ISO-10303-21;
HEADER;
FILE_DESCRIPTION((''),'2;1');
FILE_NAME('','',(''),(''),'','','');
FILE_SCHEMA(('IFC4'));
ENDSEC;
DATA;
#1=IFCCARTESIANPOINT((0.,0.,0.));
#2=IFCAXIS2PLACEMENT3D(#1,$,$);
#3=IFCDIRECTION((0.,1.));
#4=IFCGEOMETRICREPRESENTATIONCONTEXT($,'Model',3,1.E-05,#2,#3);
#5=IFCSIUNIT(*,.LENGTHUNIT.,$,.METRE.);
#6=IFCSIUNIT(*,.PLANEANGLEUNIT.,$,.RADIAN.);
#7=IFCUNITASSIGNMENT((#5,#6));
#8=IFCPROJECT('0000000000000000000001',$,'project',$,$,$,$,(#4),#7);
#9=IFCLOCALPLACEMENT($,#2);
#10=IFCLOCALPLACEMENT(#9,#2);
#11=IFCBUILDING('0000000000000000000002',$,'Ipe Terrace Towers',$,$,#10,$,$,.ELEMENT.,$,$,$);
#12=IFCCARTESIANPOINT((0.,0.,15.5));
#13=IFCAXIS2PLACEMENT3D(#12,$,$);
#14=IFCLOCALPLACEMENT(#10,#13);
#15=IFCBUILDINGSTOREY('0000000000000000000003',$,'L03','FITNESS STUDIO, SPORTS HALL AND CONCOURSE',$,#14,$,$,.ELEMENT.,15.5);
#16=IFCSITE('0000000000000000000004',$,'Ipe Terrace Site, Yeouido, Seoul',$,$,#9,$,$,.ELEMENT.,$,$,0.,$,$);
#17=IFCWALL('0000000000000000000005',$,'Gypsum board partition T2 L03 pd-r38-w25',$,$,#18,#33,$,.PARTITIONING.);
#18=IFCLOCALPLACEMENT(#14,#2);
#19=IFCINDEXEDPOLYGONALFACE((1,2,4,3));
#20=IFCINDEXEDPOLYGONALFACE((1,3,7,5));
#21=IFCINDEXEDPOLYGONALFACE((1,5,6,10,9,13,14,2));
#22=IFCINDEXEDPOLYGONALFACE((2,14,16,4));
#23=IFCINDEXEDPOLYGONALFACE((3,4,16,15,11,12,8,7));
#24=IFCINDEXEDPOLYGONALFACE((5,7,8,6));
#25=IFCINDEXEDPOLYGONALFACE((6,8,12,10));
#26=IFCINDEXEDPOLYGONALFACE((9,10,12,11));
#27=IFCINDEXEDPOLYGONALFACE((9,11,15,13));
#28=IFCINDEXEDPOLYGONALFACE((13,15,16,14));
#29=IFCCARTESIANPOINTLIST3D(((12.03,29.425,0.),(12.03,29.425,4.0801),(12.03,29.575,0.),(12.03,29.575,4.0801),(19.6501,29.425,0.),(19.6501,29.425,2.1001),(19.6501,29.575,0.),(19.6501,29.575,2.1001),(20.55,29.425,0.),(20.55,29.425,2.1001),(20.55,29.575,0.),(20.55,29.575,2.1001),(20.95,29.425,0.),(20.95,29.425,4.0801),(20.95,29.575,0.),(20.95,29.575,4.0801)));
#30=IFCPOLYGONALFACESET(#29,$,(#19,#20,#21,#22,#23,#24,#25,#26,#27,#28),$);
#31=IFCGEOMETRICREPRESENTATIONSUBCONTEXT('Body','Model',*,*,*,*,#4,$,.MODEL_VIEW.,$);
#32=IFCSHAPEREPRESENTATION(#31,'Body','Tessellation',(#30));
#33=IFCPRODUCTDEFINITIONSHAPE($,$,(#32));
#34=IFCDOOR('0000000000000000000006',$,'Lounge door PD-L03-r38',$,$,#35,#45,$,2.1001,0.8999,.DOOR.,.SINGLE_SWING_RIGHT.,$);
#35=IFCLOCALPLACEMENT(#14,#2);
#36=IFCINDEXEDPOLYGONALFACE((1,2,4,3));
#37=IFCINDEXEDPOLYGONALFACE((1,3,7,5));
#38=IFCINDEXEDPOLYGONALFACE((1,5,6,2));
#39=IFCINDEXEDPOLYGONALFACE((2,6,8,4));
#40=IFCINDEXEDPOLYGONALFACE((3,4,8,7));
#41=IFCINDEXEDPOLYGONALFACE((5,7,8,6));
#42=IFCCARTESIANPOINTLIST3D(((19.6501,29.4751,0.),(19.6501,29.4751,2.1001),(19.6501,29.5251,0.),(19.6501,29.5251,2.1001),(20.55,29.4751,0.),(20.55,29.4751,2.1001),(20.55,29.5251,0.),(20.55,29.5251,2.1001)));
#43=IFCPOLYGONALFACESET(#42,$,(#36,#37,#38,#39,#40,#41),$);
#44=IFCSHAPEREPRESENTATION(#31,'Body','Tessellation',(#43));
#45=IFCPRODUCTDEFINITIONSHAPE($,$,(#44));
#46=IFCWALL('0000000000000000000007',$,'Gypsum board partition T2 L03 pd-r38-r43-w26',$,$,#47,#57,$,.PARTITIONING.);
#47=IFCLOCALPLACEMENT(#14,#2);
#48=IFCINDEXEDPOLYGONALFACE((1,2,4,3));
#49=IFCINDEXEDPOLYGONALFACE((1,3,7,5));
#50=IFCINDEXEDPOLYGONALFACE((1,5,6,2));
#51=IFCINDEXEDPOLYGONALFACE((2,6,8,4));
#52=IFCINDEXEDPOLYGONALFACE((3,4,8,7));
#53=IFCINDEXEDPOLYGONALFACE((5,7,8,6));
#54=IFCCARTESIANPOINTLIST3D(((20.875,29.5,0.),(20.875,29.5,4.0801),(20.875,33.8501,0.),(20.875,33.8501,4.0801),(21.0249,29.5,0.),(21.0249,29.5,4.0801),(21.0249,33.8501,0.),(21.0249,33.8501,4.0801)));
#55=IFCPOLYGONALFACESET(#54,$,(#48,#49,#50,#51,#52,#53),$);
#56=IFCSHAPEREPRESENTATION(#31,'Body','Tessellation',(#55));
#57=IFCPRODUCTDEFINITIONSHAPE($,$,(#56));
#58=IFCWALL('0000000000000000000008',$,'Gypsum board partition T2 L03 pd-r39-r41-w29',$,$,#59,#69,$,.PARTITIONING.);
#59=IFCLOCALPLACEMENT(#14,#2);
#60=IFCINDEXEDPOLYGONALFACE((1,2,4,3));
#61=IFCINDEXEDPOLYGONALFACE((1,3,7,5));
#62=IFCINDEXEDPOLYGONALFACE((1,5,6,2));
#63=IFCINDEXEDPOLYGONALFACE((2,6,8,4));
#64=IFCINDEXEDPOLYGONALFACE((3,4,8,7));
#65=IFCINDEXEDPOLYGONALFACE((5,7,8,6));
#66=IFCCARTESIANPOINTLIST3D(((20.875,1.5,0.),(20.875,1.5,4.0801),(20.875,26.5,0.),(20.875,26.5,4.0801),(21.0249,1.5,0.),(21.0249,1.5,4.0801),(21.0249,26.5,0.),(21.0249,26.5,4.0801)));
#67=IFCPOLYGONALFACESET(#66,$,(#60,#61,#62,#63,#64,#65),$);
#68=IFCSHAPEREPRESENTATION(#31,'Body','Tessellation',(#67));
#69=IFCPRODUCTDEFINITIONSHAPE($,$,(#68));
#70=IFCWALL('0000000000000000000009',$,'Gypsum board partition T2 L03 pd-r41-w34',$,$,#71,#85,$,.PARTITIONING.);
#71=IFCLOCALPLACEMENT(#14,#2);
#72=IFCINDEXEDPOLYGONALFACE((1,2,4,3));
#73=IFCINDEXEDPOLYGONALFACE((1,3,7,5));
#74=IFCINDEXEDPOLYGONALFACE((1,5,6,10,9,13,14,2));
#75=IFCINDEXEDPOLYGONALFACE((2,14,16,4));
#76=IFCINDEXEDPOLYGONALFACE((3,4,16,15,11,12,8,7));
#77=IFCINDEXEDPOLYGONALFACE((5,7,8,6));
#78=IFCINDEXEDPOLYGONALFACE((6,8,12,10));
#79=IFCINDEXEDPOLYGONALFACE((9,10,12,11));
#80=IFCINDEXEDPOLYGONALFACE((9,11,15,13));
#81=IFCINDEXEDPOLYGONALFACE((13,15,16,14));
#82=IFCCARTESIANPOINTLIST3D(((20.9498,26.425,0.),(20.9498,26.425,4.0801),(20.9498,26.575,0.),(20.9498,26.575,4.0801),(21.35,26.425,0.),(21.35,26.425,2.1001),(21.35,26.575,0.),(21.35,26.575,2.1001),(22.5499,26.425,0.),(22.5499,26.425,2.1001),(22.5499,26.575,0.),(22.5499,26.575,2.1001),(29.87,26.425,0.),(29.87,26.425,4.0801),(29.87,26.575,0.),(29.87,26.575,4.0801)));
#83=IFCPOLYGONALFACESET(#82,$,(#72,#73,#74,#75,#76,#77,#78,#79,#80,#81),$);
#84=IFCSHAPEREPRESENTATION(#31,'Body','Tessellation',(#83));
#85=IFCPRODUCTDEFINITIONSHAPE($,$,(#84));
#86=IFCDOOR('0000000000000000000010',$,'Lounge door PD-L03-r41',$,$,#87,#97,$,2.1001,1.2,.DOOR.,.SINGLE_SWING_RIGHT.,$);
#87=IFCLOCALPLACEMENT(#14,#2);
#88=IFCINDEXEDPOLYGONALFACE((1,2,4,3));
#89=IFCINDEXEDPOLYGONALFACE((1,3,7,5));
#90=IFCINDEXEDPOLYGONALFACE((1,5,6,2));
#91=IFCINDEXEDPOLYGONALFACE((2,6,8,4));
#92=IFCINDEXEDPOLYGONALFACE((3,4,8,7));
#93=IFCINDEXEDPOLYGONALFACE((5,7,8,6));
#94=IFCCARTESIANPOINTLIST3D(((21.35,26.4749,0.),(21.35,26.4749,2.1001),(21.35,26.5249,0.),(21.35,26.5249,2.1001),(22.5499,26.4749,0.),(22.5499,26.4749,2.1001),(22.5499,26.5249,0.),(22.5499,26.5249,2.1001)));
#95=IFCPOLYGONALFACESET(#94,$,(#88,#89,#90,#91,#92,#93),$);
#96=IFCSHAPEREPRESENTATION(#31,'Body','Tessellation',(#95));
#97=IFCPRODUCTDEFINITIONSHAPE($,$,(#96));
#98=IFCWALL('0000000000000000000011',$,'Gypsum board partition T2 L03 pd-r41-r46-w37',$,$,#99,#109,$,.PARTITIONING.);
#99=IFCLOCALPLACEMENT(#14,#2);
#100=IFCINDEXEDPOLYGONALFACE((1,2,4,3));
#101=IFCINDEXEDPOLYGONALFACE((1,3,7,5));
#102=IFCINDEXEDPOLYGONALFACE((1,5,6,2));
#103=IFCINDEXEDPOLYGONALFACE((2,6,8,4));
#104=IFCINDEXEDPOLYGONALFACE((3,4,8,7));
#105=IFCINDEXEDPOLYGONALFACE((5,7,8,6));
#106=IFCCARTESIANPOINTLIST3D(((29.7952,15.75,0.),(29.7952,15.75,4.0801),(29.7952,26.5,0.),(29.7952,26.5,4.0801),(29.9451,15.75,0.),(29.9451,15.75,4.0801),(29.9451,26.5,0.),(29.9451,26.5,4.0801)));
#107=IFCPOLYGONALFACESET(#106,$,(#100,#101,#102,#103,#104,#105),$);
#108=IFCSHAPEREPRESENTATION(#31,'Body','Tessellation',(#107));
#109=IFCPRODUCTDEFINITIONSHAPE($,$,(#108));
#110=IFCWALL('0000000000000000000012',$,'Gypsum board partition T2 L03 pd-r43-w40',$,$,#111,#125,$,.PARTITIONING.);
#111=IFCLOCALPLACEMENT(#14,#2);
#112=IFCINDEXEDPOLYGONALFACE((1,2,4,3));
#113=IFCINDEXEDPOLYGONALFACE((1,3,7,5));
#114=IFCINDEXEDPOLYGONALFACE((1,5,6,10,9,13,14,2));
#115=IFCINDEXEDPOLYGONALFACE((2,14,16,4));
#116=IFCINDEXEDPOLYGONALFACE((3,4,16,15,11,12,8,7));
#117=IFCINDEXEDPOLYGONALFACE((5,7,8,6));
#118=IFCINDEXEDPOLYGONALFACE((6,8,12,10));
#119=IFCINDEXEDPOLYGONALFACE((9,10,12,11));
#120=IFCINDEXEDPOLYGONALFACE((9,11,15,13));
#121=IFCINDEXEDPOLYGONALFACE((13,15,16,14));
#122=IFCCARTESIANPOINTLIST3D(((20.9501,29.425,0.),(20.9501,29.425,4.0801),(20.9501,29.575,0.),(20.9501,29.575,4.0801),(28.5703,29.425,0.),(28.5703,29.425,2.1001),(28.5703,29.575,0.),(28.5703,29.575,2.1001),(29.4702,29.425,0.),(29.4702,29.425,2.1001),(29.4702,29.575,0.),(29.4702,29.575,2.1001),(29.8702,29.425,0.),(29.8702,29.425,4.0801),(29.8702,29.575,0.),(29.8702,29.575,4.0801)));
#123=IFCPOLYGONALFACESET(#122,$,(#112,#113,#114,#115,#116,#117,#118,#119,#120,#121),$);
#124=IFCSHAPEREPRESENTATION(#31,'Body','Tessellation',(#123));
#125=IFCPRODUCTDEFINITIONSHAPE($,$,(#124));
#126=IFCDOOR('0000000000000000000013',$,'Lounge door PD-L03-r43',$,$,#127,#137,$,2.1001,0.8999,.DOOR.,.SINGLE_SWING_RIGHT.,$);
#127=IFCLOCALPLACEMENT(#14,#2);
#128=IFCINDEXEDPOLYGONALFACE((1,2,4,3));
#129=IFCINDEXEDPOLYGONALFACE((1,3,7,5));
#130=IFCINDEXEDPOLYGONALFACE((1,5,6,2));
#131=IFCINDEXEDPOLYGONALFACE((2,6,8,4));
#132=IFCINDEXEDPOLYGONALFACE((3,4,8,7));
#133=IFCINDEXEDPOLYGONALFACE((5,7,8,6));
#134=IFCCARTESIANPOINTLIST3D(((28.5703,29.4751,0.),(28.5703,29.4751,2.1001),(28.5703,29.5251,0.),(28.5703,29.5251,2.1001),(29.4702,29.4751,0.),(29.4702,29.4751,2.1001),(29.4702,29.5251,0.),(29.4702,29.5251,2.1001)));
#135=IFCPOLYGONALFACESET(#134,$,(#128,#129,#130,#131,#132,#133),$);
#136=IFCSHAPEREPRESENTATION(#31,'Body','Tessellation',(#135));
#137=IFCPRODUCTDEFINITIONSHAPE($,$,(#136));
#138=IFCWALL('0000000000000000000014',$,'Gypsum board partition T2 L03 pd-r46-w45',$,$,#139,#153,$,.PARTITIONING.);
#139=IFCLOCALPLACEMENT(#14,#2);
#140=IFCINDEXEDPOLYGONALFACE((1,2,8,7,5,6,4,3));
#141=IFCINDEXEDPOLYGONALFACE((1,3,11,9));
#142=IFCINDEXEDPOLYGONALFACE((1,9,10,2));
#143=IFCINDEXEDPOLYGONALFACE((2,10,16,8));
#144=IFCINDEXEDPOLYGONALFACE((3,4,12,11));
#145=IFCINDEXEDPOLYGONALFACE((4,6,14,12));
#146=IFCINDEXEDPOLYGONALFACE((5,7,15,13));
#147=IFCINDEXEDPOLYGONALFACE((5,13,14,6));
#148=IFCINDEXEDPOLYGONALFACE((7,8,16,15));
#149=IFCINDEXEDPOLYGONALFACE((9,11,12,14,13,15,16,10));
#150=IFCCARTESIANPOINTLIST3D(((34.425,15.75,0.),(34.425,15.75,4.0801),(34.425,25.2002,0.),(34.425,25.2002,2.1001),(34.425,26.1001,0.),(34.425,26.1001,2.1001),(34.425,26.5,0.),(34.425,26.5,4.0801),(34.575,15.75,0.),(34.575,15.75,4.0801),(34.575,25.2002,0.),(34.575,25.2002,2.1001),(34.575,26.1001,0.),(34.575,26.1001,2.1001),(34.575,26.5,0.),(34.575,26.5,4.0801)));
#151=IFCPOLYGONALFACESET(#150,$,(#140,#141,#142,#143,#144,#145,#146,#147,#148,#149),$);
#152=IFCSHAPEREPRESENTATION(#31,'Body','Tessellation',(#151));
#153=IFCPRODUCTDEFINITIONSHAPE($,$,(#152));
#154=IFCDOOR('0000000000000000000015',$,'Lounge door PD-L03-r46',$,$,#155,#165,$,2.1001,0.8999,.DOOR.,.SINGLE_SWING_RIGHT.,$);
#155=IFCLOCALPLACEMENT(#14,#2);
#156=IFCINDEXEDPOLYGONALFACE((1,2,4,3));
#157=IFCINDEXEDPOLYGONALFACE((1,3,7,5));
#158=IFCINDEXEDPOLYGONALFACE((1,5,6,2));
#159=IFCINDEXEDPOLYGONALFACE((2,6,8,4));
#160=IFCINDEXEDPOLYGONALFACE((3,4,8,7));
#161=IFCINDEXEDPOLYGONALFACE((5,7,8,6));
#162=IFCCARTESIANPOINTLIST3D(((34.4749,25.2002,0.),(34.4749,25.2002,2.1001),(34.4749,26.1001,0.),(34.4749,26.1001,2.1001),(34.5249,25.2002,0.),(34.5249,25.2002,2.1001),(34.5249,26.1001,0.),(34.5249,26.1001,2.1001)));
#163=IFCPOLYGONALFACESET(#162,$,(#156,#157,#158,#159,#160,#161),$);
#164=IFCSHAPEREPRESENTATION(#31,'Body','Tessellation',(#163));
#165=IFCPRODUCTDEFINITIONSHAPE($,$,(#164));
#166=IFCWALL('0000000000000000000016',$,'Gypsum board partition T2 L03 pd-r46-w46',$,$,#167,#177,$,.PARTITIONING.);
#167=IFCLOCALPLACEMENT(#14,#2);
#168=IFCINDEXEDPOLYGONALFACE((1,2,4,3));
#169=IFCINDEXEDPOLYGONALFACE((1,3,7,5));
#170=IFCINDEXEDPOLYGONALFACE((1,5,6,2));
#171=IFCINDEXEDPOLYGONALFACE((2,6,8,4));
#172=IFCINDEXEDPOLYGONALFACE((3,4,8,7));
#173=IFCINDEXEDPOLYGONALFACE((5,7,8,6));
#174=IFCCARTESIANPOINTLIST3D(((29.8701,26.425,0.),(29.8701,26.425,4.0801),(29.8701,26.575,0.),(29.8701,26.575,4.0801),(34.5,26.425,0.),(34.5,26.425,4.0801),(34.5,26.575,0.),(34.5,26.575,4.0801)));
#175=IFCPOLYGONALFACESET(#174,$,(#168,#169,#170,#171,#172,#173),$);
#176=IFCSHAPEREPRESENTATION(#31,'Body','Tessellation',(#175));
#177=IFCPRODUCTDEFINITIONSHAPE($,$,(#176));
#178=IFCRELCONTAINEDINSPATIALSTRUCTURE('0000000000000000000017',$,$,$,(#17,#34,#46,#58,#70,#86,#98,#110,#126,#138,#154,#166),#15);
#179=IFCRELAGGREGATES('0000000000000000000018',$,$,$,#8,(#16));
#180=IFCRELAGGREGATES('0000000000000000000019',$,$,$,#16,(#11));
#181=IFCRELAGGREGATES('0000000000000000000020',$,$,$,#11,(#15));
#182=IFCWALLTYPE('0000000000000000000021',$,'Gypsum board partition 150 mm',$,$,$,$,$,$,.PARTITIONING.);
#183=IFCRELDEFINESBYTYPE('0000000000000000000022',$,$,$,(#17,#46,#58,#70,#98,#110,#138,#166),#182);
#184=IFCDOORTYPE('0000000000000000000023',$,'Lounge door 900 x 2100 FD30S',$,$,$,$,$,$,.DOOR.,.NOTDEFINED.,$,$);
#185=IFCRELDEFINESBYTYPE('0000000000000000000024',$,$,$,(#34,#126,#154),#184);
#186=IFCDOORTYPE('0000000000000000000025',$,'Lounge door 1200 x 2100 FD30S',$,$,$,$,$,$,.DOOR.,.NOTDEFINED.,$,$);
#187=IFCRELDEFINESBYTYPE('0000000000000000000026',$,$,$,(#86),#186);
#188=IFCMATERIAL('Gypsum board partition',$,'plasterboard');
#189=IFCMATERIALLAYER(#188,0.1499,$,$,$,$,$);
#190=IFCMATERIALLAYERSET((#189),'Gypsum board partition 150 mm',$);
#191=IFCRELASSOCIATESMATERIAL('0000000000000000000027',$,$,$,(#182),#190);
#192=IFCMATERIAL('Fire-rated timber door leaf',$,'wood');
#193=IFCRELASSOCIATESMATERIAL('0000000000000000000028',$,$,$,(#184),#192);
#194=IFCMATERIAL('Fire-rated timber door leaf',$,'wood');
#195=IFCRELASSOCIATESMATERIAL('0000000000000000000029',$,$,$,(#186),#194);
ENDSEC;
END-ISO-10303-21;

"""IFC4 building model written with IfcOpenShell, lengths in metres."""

from ifc_helpers import new_model, si_unit, direction, frame, frame_2d, origin, place, context, subcontext, project, spatial, rectangle, extrude, material, layer, layer_set, type_object, element, fill, save


model = new_model("IFC4")

# Units and contexts
model_context = context("Model", 3, precision=1e-05, world=origin(), true_north=direction((0.0, 1.0)))
body_context = subcontext(model_context, "Body", "Model", "MODEL_VIEW")
ifc_project = project(units=[si_unit("LENGTHUNIT", "METRE"), si_unit("PLANEANGLEUNIT", "RADIAN")], contexts=[model_context])

# Site, building, storey
site_placement = place(None, origin())
site = spatial("IfcSite", under=ifc_project, at=site_placement, Name="Ipe Terrace Site, Yeouido, Seoul", CompositionType="ELEMENT", RefElevation=0.0)
building_placement = place(site_placement, origin())
building = spatial("IfcBuilding", under=site, at=building_placement, Name="Ipe Terrace Towers", CompositionType="ELEMENT")
storey_placement = place(building_placement, frame((0.0, 0.0, 15.5)))
storey = spatial("IfcBuildingStorey", under=building, at=storey_placement, Name="L03", Description="FITNESS STUDIO, SPORTS HALL AND CONCOURSE", CompositionType="ELEMENT", Elevation=15.5)

# Wall, opening, door
ifc_material_1 = material(Name="Gypsum board partition", Category="plasterboard")
ifc_layer_1 = layer(ifc_material_1, 0.1499)
ifc_layer_set_1 = layer_set([ifc_layer_1], Name="Gypsum board partition 150 mm")
wall_type = type_object("IfcWallType", Name="Gypsum board partition 150 mm", PredefinedType="PARTITIONING", material=ifc_layer_set_1)
wall_1_placement = place(storey_placement, frame((20.95, 29.5, 0.0), z_axis=(0.0, 0.0, 1.0), x_axis=(-1.0, 0.0, 0.0)))
wall_1 = element("IfcWall", 1, at=wall_1_placement, inside=storey, type_object=wall_type, Name="Gypsum board partition T2 L03 pd-r38-w25", PredefinedType="PARTITIONING", context=body_context, shape_type="SweptSolid", body=[
    extrude(rectangle(XDim=8.9199, YDim=0.1499, at=frame_2d((4.46, 0.0))), origin(), (0.0, 0.0, 1.0), 4.0801),
])
opening_1_placement = place(wall_1_placement, frame((0.3999, 0.0, 0.0)))
opening_1 = element("IfcOpeningElement", 2, at=opening_1_placement, cuts=wall_1, PredefinedType="OPENING", context=body_context, shape_type="SweptSolid", body=[
    extrude(rectangle(XDim=0.8999, YDim=2.1001, at=frame_2d((0.45, 1.05))), frame((0.0, 0.085, 0.0), z_axis=(0.0, -1.0, 0.0), x_axis=(1.0, 0.0, 0.0)), (0.0, 0.0, 1.0), 0.1699),
])
ifc_material_2 = material(Name="Fire-rated timber door leaf", Category="wood")
door_type_1 = type_object("IfcDoorType", Name="Lounge door 900 x 2100 FD30S", OperationType="NOTDEFINED", PredefinedType="DOOR", material=ifc_material_2)
door_1_placement = place(opening_1_placement, origin())
door_1 = element("IfcDoor", 3, at=door_1_placement, inside=storey, type_object=door_type_1, Name="Lounge door PD-L03-r38", OperationType="SINGLE_SWING_RIGHT", OverallHeight=2.1001, OverallWidth=0.8999, PredefinedType="DOOR", context=body_context, shape_type="SweptSolid", body=[
    extrude(rectangle(XDim=0.8999, YDim=2.1001, at=frame_2d((0.45, 1.05))), frame((0.0, 0.0249, 0.0), z_axis=(0.0, -1.0, 0.0), x_axis=(1.0, 0.0, 0.0)), (0.0, 0.0, 1.0), 0.05),
])
fill(opening_1, door_1)

# Walls
wall_2_placement = place(storey_placement, frame((20.95, 33.8501, 0.0), z_axis=(0.0, 0.0, 1.0), x_axis=(0.0, -1.0, 0.0)))
element("IfcWall", 4, at=wall_2_placement, inside=storey, type_object=wall_type, Name="Gypsum board partition T2 L03 pd-r38-r43-w26", PredefinedType="PARTITIONING", context=body_context, shape_type="SweptSolid", body=[
    extrude(rectangle(XDim=4.3501, YDim=0.1499, at=frame_2d((2.175, 0.0))), origin(), (0.0, 0.0, 1.0), 4.0801),
])
wall_3_placement = place(storey_placement, frame((20.95, 26.5, 0.0), z_axis=(0.0, 0.0, 1.0), x_axis=(0.0, -1.0, 0.0)))
element("IfcWall", 5, at=wall_3_placement, inside=storey, type_object=wall_type, Name="Gypsum board partition T2 L03 pd-r39-r41-w29", PredefinedType="PARTITIONING", context=body_context, shape_type="SweptSolid", body=[
    extrude(rectangle(XDim=25.0, YDim=0.1499, at=frame_2d((12.5, 0.0))), origin(), (0.0, 0.0, 1.0), 4.0801),
])

# Wall, opening, door
wall_4_placement = place(storey_placement, frame((20.95, 26.5, 0.0), z_axis=(0.0, 0.0, 1.0), x_axis=(1.0, 0.0, 0.0)))
wall_4 = element("IfcWall", 6, at=wall_4_placement, inside=storey, type_object=wall_type, Name="Gypsum board partition T2 L03 pd-r41-w34", PredefinedType="PARTITIONING", context=body_context, shape_type="SweptSolid", body=[
    extrude(rectangle(XDim=8.9202, YDim=0.1499, at=frame_2d((4.46, 0.0))), origin(), (0.0, 0.0, 1.0), 4.0801),
])
opening_2_placement = place(wall_4_placement, frame((0.3999, 0.0, 0.0)))
opening_2 = element("IfcOpeningElement", 7, at=opening_2_placement, cuts=wall_4, PredefinedType="OPENING", context=body_context, shape_type="SweptSolid", body=[
    extrude(rectangle(XDim=1.2, YDim=2.1001, at=frame_2d((0.6001, 1.05))), frame((0.0, 0.085, 0.0), z_axis=(0.0, -1.0, 0.0), x_axis=(1.0, 0.0, 0.0)), (0.0, 0.0, 1.0), 0.1699),
])
ifc_material_3 = material(Name="Fire-rated timber door leaf", Category="wood")
door_type_2 = type_object("IfcDoorType", Name="Lounge door 1200 x 2100 FD30S", OperationType="NOTDEFINED", PredefinedType="DOOR", material=ifc_material_3)
door_2_placement = place(opening_2_placement, origin())
door_2 = element("IfcDoor", 8, at=door_2_placement, inside=storey, type_object=door_type_2, Name="Lounge door PD-L03-r41", OperationType="SINGLE_SWING_RIGHT", OverallHeight=2.1001, OverallWidth=1.2, PredefinedType="DOOR", context=body_context, shape_type="SweptSolid", body=[
    extrude(rectangle(XDim=1.2, YDim=2.1001, at=frame_2d((0.6001, 1.05))), frame((0.0, 0.0249, 0.0), z_axis=(0.0, -1.0, 0.0), x_axis=(1.0, 0.0, 0.0)), (0.0, 0.0, 1.0), 0.05),
])
fill(opening_2, door_2)

# Wall
wall_5_placement = place(storey_placement, frame((29.8701, 26.5, 0.0), z_axis=(0.0, 0.0, 1.0), x_axis=(0.0, -1.0, 0.0)))
element("IfcWall", 9, at=wall_5_placement, inside=storey, type_object=wall_type, Name="Gypsum board partition T2 L03 pd-r41-r46-w37", PredefinedType="PARTITIONING", context=body_context, shape_type="SweptSolid", body=[
    extrude(rectangle(XDim=10.75, YDim=0.1499, at=frame_2d((5.375, 0.0))), origin(), (0.0, 0.0, 1.0), 4.0801),
])

# Walls, openings, doors
wall_6_placement = place(storey_placement, frame((29.8701, 29.5, 0.0), z_axis=(0.0, 0.0, 1.0), x_axis=(-1.0, 0.0, 0.0)))
wall_6 = element("IfcWall", 10, at=wall_6_placement, inside=storey, type_object=wall_type, Name="Gypsum board partition T2 L03 pd-r43-w40", PredefinedType="PARTITIONING", context=body_context, shape_type="SweptSolid", body=[
    extrude(rectangle(XDim=8.9202, YDim=0.1499, at=frame_2d((4.46, 0.0))), origin(), (0.0, 0.0, 1.0), 4.0801),
])
opening_3_placement = place(wall_6_placement, frame((0.3999, 0.0, 0.0)))
opening_3 = element("IfcOpeningElement", 11, at=opening_3_placement, cuts=wall_6, PredefinedType="OPENING", context=body_context, shape_type="SweptSolid", body=[
    extrude(rectangle(XDim=0.8999, YDim=2.1001, at=frame_2d((0.45, 1.05))), frame((0.0, 0.085, 0.0), z_axis=(0.0, -1.0, 0.0), x_axis=(1.0, 0.0, 0.0)), (0.0, 0.0, 1.0), 0.1699),
])
door_3_placement = place(opening_3_placement, origin())
door_3 = element("IfcDoor", 12, at=door_3_placement, inside=storey, type_object=door_type_1, Name="Lounge door PD-L03-r43", OperationType="SINGLE_SWING_RIGHT", OverallHeight=2.1001, OverallWidth=0.8999, PredefinedType="DOOR", context=body_context, shape_type="SweptSolid", body=[
    extrude(rectangle(XDim=0.8999, YDim=2.1001, at=frame_2d((0.45, 1.05))), frame((0.0, 0.0249, 0.0), z_axis=(0.0, -1.0, 0.0), x_axis=(1.0, 0.0, 0.0)), (0.0, 0.0, 1.0), 0.05),
])
fill(opening_3, door_3)
wall_7_placement = place(storey_placement, frame((34.5, 26.5, 0.0), z_axis=(0.0, 0.0, 1.0), x_axis=(0.0, -1.0, 0.0)))
wall_7 = element("IfcWall", 13, at=wall_7_placement, inside=storey, type_object=wall_type, Name="Gypsum board partition T2 L03 pd-r46-w45", PredefinedType="PARTITIONING", context=body_context, shape_type="SweptSolid", body=[
    extrude(rectangle(XDim=10.75, YDim=0.1499, at=frame_2d((5.375, 0.0))), origin(), (0.0, 0.0, 1.0), 4.0801),
])
opening_4_placement = place(wall_7_placement, frame((0.3999, 0.0, 0.0)))
opening_4 = element("IfcOpeningElement", 14, at=opening_4_placement, cuts=wall_7, PredefinedType="OPENING", context=body_context, shape_type="SweptSolid", body=[
    extrude(rectangle(XDim=0.8999, YDim=2.1001, at=frame_2d((0.45, 1.05))), frame((0.0, 0.085, 0.0), z_axis=(0.0, -1.0, 0.0), x_axis=(1.0, 0.0, 0.0)), (0.0, 0.0, 1.0), 0.1699),
])
door_4_placement = place(opening_4_placement, origin())
door_4 = element("IfcDoor", 15, at=door_4_placement, inside=storey, type_object=door_type_1, Name="Lounge door PD-L03-r46", OperationType="SINGLE_SWING_RIGHT", OverallHeight=2.1001, OverallWidth=0.8999, PredefinedType="DOOR", context=body_context, shape_type="SweptSolid", body=[
    extrude(rectangle(XDim=0.8999, YDim=2.1001, at=frame_2d((0.45, 1.05))), frame((0.0, 0.0249, 0.0), z_axis=(0.0, -1.0, 0.0), x_axis=(1.0, 0.0, 0.0)), (0.0, 0.0, 1.0), 0.05),
])
fill(opening_4, door_4)

# Wall
wall_8_placement = place(storey_placement, frame((29.8701, 26.5, 0.0), z_axis=(0.0, 0.0, 1.0), x_axis=(1.0, 0.0, 0.0)))
element("IfcWall", 16, at=wall_8_placement, inside=storey, type_object=wall_type, Name="Gypsum board partition T2 L03 pd-r46-w46", PredefinedType="PARTITIONING", context=body_context, shape_type="SweptSolid", body=[
    extrude(rectangle(XDim=4.6299, YDim=0.1499, at=frame_2d((2.3149, 0.0))), origin(), (0.0, 0.0, 1.0), 4.0801),
])

save(model, "model.ifc")
